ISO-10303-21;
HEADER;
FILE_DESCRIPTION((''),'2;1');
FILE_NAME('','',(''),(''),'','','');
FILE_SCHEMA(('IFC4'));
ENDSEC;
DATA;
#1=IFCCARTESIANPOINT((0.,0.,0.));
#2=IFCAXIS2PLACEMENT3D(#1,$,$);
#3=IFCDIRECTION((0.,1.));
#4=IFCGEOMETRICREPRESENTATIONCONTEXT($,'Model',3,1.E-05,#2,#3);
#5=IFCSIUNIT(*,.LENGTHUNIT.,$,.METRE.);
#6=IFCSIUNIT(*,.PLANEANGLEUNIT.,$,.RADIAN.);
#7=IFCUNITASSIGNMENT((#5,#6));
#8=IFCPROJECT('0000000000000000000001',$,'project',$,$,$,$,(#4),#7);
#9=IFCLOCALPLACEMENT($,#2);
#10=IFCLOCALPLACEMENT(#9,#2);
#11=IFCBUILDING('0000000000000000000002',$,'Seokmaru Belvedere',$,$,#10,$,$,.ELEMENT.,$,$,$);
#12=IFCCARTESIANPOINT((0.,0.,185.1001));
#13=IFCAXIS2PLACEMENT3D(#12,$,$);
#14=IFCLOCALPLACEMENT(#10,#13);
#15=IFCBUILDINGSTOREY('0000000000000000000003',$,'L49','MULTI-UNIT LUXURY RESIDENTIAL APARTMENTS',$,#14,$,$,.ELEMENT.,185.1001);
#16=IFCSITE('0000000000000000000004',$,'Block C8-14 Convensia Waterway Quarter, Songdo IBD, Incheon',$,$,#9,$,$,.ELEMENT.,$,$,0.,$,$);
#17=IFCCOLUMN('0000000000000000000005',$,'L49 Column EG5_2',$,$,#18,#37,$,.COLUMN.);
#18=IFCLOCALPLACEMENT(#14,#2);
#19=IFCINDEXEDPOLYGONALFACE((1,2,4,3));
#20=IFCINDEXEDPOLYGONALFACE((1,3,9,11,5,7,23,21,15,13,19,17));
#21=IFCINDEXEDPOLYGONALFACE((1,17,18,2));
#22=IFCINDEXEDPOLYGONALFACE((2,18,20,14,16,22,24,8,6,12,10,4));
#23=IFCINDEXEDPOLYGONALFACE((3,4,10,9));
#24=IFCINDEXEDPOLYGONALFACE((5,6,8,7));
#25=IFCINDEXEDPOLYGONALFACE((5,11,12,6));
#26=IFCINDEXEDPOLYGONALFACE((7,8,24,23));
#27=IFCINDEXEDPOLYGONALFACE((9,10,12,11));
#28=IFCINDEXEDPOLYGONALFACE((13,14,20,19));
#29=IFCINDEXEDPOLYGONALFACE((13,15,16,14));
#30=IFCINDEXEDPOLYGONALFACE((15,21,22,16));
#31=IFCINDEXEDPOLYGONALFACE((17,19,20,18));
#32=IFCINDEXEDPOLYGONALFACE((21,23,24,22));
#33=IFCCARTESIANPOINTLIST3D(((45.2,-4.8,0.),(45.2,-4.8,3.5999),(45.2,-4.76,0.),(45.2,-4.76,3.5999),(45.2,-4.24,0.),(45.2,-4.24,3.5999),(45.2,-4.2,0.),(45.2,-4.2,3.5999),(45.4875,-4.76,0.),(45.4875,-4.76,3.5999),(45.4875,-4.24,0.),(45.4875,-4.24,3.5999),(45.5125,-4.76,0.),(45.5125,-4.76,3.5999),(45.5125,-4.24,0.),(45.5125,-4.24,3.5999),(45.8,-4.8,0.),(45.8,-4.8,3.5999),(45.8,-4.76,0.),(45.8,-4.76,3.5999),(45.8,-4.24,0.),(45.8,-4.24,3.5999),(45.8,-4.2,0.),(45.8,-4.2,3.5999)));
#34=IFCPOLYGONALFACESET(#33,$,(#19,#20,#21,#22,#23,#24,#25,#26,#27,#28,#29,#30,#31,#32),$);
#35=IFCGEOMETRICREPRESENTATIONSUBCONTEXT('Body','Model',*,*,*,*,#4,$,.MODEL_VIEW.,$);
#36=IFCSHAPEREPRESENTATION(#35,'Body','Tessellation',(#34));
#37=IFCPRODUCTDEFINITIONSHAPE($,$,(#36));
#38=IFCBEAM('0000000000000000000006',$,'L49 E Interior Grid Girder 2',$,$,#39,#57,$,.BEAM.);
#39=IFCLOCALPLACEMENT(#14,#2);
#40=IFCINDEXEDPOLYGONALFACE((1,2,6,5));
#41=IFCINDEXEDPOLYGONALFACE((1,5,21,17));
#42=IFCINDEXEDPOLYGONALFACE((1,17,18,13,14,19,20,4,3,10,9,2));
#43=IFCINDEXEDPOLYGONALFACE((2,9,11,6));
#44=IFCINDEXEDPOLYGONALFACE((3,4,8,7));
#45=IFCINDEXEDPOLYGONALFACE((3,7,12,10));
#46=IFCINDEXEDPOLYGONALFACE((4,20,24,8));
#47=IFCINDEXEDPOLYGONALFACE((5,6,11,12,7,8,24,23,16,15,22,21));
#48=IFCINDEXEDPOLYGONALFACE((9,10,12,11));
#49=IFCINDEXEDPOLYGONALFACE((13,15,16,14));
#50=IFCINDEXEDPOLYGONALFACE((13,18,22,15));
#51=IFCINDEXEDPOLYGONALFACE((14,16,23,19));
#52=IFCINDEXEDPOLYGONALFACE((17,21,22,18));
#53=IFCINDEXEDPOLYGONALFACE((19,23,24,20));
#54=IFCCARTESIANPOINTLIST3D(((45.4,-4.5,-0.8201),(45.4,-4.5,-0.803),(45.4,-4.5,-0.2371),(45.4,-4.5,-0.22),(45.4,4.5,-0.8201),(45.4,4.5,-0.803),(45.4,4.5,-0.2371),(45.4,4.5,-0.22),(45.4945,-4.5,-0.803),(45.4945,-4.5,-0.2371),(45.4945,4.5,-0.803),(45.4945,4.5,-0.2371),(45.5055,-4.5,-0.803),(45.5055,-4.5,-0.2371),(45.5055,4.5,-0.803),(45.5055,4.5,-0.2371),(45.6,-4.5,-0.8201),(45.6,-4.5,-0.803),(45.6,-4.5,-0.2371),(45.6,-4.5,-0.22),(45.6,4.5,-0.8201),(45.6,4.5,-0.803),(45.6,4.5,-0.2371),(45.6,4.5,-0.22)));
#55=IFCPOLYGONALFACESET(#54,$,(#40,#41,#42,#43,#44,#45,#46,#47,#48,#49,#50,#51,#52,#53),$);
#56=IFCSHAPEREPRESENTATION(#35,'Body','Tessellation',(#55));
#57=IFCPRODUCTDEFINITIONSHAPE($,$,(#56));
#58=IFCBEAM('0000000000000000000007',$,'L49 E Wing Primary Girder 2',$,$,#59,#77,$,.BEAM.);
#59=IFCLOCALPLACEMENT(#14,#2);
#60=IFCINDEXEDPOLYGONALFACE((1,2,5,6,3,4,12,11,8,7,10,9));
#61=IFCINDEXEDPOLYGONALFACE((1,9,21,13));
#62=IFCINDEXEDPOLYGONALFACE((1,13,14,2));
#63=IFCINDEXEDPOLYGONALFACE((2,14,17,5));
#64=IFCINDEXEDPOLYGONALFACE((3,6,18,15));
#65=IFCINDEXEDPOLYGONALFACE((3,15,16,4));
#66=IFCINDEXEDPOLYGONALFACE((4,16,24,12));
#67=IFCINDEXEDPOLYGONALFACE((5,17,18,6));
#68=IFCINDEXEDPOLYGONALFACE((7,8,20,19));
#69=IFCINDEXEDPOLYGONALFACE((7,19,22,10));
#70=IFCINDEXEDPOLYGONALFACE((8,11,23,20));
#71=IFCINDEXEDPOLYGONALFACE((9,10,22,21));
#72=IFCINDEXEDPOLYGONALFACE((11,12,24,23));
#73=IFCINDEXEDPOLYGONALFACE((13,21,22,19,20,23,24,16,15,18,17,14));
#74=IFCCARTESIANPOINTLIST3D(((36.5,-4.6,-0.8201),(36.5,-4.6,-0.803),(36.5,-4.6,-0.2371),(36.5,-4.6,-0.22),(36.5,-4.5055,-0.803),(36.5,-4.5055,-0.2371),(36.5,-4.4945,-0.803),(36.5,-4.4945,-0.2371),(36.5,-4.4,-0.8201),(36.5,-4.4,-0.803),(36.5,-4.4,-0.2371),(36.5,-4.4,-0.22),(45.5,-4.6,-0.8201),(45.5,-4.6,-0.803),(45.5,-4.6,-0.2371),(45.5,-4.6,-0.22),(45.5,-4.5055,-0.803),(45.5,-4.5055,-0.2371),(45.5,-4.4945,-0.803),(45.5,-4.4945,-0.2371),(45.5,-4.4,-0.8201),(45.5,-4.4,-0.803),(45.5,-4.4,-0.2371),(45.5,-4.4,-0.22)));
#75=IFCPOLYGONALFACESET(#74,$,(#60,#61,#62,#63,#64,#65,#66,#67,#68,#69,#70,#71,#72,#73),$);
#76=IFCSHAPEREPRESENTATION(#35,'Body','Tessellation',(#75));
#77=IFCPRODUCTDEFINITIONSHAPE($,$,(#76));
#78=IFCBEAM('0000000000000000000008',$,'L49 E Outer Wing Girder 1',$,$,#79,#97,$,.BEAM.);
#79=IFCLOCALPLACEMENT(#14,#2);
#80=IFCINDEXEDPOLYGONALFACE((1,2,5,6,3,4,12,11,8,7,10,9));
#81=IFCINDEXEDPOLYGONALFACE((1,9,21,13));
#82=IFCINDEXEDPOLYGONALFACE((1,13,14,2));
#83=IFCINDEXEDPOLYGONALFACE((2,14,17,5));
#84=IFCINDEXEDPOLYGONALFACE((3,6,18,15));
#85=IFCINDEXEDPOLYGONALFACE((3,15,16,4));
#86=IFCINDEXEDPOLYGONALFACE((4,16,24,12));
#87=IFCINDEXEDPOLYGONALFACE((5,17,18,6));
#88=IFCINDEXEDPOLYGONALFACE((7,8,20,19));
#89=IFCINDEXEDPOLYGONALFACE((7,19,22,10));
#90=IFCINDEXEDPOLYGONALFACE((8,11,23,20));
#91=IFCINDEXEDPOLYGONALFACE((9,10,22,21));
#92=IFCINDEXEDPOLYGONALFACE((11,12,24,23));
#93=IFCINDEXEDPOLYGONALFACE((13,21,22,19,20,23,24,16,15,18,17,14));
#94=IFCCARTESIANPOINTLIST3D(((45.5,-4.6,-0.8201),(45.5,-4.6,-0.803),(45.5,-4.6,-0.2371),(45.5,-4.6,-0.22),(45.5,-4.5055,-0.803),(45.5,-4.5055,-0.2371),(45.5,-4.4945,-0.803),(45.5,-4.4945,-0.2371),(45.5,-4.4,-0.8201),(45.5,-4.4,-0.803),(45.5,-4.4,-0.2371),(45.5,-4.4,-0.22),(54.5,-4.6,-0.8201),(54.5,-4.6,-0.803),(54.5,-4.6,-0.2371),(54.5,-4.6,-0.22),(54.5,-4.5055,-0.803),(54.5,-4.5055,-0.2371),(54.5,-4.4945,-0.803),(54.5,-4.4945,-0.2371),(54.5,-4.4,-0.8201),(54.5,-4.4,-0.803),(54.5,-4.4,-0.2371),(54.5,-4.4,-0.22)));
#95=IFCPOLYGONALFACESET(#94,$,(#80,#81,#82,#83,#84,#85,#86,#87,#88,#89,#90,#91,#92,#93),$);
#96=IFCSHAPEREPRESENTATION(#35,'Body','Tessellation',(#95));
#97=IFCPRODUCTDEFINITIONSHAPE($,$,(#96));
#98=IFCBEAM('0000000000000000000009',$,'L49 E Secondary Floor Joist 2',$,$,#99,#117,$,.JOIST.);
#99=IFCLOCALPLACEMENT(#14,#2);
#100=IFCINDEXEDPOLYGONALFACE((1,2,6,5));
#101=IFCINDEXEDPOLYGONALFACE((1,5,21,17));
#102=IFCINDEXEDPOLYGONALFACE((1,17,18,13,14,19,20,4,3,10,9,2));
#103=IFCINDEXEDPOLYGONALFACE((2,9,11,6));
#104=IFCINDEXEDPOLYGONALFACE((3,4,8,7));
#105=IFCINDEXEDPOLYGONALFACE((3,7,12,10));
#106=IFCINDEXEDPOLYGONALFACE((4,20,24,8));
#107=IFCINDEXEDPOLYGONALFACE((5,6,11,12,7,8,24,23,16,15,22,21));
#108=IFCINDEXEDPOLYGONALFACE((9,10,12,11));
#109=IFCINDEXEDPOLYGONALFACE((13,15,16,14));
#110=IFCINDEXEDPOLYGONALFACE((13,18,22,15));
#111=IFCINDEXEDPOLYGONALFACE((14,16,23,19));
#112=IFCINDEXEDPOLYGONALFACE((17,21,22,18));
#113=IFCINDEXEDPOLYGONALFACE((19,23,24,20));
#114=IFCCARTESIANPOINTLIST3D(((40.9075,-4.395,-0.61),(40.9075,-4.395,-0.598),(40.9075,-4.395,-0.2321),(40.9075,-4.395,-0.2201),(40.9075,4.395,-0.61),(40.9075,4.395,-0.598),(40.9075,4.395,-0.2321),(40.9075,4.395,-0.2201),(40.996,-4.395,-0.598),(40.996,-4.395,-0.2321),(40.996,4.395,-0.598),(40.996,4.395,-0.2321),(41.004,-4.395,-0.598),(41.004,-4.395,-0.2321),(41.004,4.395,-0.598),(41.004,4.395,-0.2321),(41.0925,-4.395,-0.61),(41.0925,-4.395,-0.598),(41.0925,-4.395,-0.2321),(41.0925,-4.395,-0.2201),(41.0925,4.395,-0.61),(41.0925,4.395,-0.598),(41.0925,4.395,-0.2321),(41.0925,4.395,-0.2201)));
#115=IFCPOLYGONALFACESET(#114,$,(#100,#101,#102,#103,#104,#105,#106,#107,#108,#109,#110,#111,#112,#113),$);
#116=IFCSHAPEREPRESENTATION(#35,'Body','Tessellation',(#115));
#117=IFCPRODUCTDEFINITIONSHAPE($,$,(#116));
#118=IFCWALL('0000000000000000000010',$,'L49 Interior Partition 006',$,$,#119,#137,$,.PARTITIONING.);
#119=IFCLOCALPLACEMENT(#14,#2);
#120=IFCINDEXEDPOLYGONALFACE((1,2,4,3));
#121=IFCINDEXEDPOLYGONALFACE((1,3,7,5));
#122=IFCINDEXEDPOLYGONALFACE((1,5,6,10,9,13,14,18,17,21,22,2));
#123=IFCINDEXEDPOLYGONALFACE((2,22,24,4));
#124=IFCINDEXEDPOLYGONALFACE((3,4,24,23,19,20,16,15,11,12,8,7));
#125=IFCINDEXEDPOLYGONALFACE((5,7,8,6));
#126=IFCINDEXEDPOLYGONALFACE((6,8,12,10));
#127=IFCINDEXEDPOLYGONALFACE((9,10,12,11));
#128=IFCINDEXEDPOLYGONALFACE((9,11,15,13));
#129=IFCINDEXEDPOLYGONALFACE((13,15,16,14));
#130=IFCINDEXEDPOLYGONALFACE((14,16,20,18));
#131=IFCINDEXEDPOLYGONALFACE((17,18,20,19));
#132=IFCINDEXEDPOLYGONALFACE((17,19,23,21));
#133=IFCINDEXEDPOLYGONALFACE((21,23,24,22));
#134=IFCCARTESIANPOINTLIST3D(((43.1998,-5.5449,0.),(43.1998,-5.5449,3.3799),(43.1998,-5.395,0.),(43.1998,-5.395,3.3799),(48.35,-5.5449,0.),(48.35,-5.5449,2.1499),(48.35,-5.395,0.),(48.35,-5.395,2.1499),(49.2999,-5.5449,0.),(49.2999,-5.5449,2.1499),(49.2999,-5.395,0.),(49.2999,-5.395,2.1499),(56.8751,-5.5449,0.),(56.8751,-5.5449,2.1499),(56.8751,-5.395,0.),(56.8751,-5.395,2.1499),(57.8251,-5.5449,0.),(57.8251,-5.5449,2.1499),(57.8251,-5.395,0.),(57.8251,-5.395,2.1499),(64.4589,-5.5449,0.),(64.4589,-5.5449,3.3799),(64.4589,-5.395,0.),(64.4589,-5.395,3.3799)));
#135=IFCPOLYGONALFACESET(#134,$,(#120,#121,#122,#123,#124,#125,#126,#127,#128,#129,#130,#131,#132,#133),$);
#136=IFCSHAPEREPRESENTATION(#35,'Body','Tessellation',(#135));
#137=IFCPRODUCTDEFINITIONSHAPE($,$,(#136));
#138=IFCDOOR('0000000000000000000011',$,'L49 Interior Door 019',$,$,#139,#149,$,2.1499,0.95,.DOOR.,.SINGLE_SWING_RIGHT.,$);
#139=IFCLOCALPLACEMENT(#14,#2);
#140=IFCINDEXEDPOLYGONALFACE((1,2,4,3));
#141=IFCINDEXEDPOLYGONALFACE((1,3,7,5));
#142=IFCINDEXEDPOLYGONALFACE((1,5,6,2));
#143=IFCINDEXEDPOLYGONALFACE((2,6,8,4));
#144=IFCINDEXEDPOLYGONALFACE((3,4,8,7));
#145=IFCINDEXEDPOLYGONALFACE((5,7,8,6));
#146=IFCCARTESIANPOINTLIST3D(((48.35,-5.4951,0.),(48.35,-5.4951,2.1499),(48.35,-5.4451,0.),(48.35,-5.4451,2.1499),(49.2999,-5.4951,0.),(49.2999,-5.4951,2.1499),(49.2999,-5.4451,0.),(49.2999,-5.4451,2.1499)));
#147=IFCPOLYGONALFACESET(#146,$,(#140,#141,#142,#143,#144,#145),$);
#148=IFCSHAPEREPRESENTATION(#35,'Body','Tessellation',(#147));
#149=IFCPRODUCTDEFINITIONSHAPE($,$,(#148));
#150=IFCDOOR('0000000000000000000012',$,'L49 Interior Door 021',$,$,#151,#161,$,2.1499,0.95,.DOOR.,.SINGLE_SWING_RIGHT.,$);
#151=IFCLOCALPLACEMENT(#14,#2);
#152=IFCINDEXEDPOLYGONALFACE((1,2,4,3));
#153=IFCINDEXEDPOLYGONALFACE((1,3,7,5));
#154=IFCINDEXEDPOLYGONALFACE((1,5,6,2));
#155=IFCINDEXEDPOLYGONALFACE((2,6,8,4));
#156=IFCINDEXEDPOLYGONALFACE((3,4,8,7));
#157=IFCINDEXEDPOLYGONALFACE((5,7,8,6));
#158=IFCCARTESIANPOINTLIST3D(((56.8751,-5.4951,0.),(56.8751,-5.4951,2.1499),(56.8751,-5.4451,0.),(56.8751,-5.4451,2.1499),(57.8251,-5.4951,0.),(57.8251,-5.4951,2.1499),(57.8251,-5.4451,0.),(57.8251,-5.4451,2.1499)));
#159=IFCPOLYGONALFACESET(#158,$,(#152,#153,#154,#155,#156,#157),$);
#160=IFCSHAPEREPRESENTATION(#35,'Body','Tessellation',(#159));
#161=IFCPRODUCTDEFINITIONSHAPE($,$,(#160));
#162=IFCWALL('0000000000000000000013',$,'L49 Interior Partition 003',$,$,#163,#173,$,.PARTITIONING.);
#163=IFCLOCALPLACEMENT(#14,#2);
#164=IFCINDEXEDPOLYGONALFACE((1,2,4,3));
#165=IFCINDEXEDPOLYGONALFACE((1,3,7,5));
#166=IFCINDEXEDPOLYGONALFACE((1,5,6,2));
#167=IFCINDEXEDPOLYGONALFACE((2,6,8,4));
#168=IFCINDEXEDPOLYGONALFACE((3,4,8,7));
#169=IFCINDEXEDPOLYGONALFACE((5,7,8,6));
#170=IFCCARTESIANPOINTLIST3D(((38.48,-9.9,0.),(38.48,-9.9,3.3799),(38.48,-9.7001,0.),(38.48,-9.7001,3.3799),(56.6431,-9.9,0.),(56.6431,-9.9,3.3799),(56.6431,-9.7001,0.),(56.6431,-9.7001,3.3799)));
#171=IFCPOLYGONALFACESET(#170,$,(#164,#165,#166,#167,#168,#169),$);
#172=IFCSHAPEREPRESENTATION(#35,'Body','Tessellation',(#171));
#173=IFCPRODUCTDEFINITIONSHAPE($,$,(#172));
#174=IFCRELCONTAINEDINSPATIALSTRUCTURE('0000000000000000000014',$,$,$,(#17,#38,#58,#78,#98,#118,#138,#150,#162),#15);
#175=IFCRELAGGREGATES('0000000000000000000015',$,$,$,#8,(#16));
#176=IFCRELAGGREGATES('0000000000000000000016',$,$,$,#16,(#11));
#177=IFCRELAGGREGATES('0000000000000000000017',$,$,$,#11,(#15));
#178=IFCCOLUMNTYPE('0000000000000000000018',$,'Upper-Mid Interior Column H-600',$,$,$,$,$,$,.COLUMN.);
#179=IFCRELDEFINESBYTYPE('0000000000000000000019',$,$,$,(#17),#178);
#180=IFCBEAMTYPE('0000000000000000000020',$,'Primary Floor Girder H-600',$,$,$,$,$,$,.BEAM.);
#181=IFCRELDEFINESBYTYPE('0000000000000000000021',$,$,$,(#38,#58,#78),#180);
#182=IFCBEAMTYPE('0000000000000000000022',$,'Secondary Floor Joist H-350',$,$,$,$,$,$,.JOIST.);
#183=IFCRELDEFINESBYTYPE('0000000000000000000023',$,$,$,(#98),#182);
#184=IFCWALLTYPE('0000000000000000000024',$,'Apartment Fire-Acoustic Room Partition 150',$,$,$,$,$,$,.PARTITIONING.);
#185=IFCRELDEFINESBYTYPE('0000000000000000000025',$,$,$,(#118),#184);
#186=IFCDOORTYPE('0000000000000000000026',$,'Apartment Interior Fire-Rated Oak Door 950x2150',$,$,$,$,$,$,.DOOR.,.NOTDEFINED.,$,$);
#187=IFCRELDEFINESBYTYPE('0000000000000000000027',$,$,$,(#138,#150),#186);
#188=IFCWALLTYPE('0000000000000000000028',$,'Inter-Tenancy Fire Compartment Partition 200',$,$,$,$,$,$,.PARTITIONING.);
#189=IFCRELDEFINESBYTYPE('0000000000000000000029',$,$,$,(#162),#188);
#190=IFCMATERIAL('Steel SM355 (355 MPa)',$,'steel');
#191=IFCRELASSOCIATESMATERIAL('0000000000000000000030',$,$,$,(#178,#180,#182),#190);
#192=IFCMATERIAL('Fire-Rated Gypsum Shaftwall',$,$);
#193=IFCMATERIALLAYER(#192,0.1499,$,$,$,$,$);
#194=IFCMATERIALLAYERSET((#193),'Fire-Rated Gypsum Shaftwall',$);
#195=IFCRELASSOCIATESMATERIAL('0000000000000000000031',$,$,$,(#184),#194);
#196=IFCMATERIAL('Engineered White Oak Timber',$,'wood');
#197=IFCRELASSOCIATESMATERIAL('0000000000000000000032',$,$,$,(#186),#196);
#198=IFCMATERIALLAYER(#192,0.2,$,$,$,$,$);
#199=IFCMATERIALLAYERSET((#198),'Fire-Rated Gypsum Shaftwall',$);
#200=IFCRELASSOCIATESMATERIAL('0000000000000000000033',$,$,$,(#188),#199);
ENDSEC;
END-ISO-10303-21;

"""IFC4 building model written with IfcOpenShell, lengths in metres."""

from ifc_helpers import new_model, si_unit, direction, frame, frame_2d, origin, origin_2d, place, context, subcontext, project, spatial, rectangle, i_section, extrude, source, transform, mapped, material, layer, layer_set, material_profile, profile_set, type_object, type_shapes, element, fill, save


model = new_model("IFC4")

# Units and contexts
model_context = context("Model", 3, precision=1e-05, world=origin(), true_north=direction((0.0, 1.0)))
body_context = subcontext(model_context, "Body", "Model", "MODEL_VIEW")
ifc_project = project(units=[si_unit("LENGTHUNIT", "METRE"), si_unit("PLANEANGLEUNIT", "RADIAN")], contexts=[model_context])

# Site, building, storey
site_placement = place(None, origin())
site = spatial("IfcSite", under=ifc_project, at=site_placement, Name="Block C8-14 Convensia Waterway Quarter, Songdo IBD, Incheon", CompositionType="ELEMENT", RefElevation=0.0)
building_placement = place(site_placement, origin())
building = spatial("IfcBuilding", under=site, at=building_placement, Name="Seokmaru Belvedere", CompositionType="ELEMENT")
storey_placement = place(building_placement, frame((0.0, 0.0, 185.1001)))
storey = spatial("IfcBuildingStorey", under=building, at=storey_placement, Name="L49", Description="MULTI-UNIT LUXURY RESIDENTIAL APARTMENTS", CompositionType="ELEMENT", Elevation=185.1001)

# Column
ifc_material_1 = material(Name="Steel SM355 (355 MPa)", Category="steel")
ifc_material_profile_1 = material_profile(ifc_material_1, i_section(OverallWidth=0.6001, OverallDepth=0.6001, WebThickness=0.0249, FlangeThickness=0.04, at=origin_2d()), Name="H-600x600x25x40")
ifc_profile_set_1 = profile_set([ifc_material_profile_1], Name="Steel SM355 (355 MPa)")
column_type = type_object("IfcColumnType", Name="Upper-Mid Interior Column H-600", PredefinedType="COLUMN", material=ifc_profile_set_1)
shared_shape_1 = source(origin(), body_context, "Body", "SweptSolid", [
    extrude(i_section(OverallWidth=0.6001, OverallDepth=0.6001, WebThickness=0.0249, FlangeThickness=0.04, at=origin_2d()), origin(), (0.0, 0.0, 1.0), 3.5999),
])
type_shapes(column_type, [shared_shape_1])
column_placement = place(storey_placement, frame((45.5, -4.5, 0.0), z_axis=(0.0, 0.0, 1.0), x_axis=(1.0, 0.0, 0.0)))
element("IfcColumn", 1, at=column_placement, inside=storey, type_object=column_type, Name="L49 Column EG5_2", PredefinedType="COLUMN", context=body_context, shape_type="MappedRepresentation", body=[
    mapped(shared_shape_1, transform((0.0, 0.0, 0.0), scale=1.0)),
])

# Beams
ifc_material_profile_2 = material_profile(ifc_material_1, i_section(OverallWidth=0.2, OverallDepth=0.6001, WebThickness=0.011, FlangeThickness=0.0171, at=origin_2d()), Name="H-600x200x11x17")
ifc_profile_set_2 = profile_set([ifc_material_profile_2], Name="Steel SM355 (355 MPa)")
beam_type_1 = type_object("IfcBeamType", Name="Primary Floor Girder H-600", PredefinedType="BEAM", material=ifc_profile_set_2)
shared_shape_2 = source(origin(), body_context, "Body", "SweptSolid", [
    extrude(i_section(OverallWidth=0.2, OverallDepth=0.6001, WebThickness=0.011, FlangeThickness=0.0171, at=origin_2d()), origin(), (0.0, 0.0, 1.0), 9.0),
])
type_shapes(beam_type_1, [shared_shape_2])
for number, where, z_axis, x_axis, name in (
    (2, (45.5, -4.5, -0.52), (0.0, 1.0, 0.0), (-1.0, 0.0, 0.0), "L49 E Interior Grid Girder 2"),
    (3, (36.5, -4.5, -0.52), (1.0, 0.0, 0.0), (0.0, 1.0, 0.0), "L49 E Wing Primary Girder 2"),
    (4, (45.5, -4.5, -0.52), (1.0, 0.0, 0.0), (0.0, 1.0, 0.0), "L49 E Outer Wing Girder 1"),
):
    element("IfcBeam", number, at=place(storey_placement, frame(where, z_axis=z_axis, x_axis=x_axis)), inside=storey, type_object=beam_type_1, Name=name, PredefinedType="BEAM", context=body_context, shape_type="MappedRepresentation", body=[
        mapped(shared_shape_2, transform((0.0, 0.0, 0.0), scale=1.0)),
    ])
ifc_material_profile_3 = material_profile(ifc_material_1, i_section(OverallWidth=0.1851, OverallDepth=0.3899, WebThickness=0.0081, FlangeThickness=0.012, at=origin_2d()), Name="H-390x185x8x12")
ifc_profile_set_3 = profile_set([ifc_material_profile_3], Name="Steel SM355 (355 MPa)")
beam_type_2 = type_object("IfcBeamType", Name="Secondary Floor Joist H-350", PredefinedType="JOIST", material=ifc_profile_set_3)
shared_shape_3 = source(origin(), body_context, "Body", "SweptSolid", [
    extrude(i_section(OverallWidth=0.1851, OverallDepth=0.3899, WebThickness=0.0081, FlangeThickness=0.012, at=origin_2d()), origin(), (0.0, 0.0, 1.0), 8.79),
])
type_shapes(beam_type_2, [shared_shape_3])
beam_placement = place(storey_placement, frame((41.0, -4.395, -0.415), z_axis=(0.0, 1.0, 0.0), x_axis=(-1.0, 0.0, 0.0)))
element("IfcBeam", 5, at=beam_placement, inside=storey, type_object=beam_type_2, Name="L49 E Secondary Floor Joist 2", PredefinedType="JOIST", context=body_context, shape_type="MappedRepresentation", body=[
    mapped(shared_shape_3, transform((0.0, 0.0, 0.0), scale=1.0)),
])

# Wall, openings, doors
ifc_material_2 = material(Name="Fire-Rated Gypsum Shaftwall")
ifc_layer_1 = layer(ifc_material_2, 0.1499)
ifc_layer_set_1 = layer_set([ifc_layer_1], Name="Fire-Rated Gypsum Shaftwall")
wall_type_1 = type_object("IfcWallType", Name="Apartment Fire-Acoustic Room Partition 150", PredefinedType="PARTITIONING", material=ifc_layer_set_1)
wall_1_placement = place(storey_placement, frame((43.2, -5.47, 0.0), z_axis=(0.0, 0.0, 1.0), x_axis=(1.0, 0.0, 0.0)))
wall_1 = element("IfcWall", 6, at=wall_1_placement, inside=storey, type_object=wall_type_1, Name="L49 Interior Partition 006", PredefinedType="PARTITIONING", context=body_context, shape_type="SweptSolid", body=[
    extrude(rectangle(XDim=21.259, YDim=0.1499, at=frame_2d((10.6294, 0.0))), origin(), (0.0, 0.0, 1.0), 3.3799),
])
opening_1_placement = place(wall_1_placement, frame((5.1499, 0.0, 0.0)))
opening_1 = element("IfcOpeningElement", 7, at=opening_1_placement, cuts=wall_1, PredefinedType="OPENING", context=body_context, shape_type="SweptSolid", body=[
    extrude(rectangle(XDim=0.95, YDim=2.1499, at=frame_2d((0.4751, 1.075))), frame((0.0, 0.085, 0.0), z_axis=(0.0, -1.0, 0.0), x_axis=(1.0, 0.0, 0.0)), (0.0, 0.0, 1.0), 0.1699),
])
opening_2_placement = place(wall_1_placement, frame((13.675, 0.0, 0.0)))
opening_2 = element("IfcOpeningElement", 8, at=opening_2_placement, cuts=wall_1, PredefinedType="OPENING", context=body_context, shape_type="SweptSolid", body=[
    extrude(rectangle(XDim=0.95, YDim=2.1499, at=frame_2d((0.4751, 1.075))), frame((0.0, 0.085, 0.0), z_axis=(0.0, -1.0, 0.0), x_axis=(1.0, 0.0, 0.0)), (0.0, 0.0, 1.0), 0.1699),
])
ifc_material_3 = material(Name="Engineered White Oak Timber", Category="wood")
door_type_1 = type_object("IfcDoorType", Name="Apartment Interior Fire-Rated Oak Door 950x2150", OperationType="NOTDEFINED", PredefinedType="DOOR", material=ifc_material_3)
shared_shape_4 = source(origin(), body_context, "Body", "SweptSolid", [
    extrude(rectangle(XDim=0.95, YDim=2.1499, at=frame_2d((0.4751, 1.075))), frame((0.0, 0.0249, 0.0), z_axis=(0.0, -1.0, 0.0), x_axis=(1.0, 0.0, 0.0)), (0.0, 0.0, 1.0), 0.05),
])
type_shapes(door_type_1, [shared_shape_4])
door_1_placement = place(opening_1_placement, origin())
door_1 = element("IfcDoor", 9, at=door_1_placement, inside=storey, type_object=door_type_1, Name="L49 Interior Door 019", OperationType="SINGLE_SWING_RIGHT", OverallHeight=2.1499, OverallWidth=0.95, PredefinedType="DOOR", context=body_context, shape_type="MappedRepresentation", body=[
    mapped(shared_shape_4, transform((0.0, 0.0, 0.0), scale=1.0)),
])
fill(opening_1, door_1)
door_2_placement = place(opening_2_placement, origin())
door_2 = element("IfcDoor", 10, at=door_2_placement, inside=storey, type_object=door_type_1, Name="L49 Interior Door 021", OperationType="SINGLE_SWING_RIGHT", OverallHeight=2.1499, OverallWidth=0.95, PredefinedType="DOOR", context=body_context, shape_type="MappedRepresentation", body=[
    mapped(shared_shape_4, transform((0.0, 0.0, 0.0), scale=1.0)),
])
fill(opening_2, door_2)

# Wall
ifc_layer_2 = layer(ifc_material_2, 0.2)
ifc_layer_set_2 = layer_set([ifc_layer_2], Name="Fire-Rated Gypsum Shaftwall")
wall_type_2 = type_object("IfcWallType", Name="Inter-Tenancy Fire Compartment Partition 200", PredefinedType="PARTITIONING", material=ifc_layer_set_2)
wall_2_placement = place(storey_placement, frame((38.48, -9.8, 0.0), z_axis=(0.0, 0.0, 1.0), x_axis=(1.0, 0.0, 0.0)))
element("IfcWall", 11, at=wall_2_placement, inside=storey, type_object=wall_type_2, Name="L49 Interior Partition 003", PredefinedType="PARTITIONING", context=body_context, shape_type="SweptSolid", body=[
    extrude(rectangle(XDim=18.1631, YDim=0.2, at=frame_2d((9.0815, 0.0))), origin(), (0.0, 0.0, 1.0), 3.3799),
])

save(model, "model.ifc")
